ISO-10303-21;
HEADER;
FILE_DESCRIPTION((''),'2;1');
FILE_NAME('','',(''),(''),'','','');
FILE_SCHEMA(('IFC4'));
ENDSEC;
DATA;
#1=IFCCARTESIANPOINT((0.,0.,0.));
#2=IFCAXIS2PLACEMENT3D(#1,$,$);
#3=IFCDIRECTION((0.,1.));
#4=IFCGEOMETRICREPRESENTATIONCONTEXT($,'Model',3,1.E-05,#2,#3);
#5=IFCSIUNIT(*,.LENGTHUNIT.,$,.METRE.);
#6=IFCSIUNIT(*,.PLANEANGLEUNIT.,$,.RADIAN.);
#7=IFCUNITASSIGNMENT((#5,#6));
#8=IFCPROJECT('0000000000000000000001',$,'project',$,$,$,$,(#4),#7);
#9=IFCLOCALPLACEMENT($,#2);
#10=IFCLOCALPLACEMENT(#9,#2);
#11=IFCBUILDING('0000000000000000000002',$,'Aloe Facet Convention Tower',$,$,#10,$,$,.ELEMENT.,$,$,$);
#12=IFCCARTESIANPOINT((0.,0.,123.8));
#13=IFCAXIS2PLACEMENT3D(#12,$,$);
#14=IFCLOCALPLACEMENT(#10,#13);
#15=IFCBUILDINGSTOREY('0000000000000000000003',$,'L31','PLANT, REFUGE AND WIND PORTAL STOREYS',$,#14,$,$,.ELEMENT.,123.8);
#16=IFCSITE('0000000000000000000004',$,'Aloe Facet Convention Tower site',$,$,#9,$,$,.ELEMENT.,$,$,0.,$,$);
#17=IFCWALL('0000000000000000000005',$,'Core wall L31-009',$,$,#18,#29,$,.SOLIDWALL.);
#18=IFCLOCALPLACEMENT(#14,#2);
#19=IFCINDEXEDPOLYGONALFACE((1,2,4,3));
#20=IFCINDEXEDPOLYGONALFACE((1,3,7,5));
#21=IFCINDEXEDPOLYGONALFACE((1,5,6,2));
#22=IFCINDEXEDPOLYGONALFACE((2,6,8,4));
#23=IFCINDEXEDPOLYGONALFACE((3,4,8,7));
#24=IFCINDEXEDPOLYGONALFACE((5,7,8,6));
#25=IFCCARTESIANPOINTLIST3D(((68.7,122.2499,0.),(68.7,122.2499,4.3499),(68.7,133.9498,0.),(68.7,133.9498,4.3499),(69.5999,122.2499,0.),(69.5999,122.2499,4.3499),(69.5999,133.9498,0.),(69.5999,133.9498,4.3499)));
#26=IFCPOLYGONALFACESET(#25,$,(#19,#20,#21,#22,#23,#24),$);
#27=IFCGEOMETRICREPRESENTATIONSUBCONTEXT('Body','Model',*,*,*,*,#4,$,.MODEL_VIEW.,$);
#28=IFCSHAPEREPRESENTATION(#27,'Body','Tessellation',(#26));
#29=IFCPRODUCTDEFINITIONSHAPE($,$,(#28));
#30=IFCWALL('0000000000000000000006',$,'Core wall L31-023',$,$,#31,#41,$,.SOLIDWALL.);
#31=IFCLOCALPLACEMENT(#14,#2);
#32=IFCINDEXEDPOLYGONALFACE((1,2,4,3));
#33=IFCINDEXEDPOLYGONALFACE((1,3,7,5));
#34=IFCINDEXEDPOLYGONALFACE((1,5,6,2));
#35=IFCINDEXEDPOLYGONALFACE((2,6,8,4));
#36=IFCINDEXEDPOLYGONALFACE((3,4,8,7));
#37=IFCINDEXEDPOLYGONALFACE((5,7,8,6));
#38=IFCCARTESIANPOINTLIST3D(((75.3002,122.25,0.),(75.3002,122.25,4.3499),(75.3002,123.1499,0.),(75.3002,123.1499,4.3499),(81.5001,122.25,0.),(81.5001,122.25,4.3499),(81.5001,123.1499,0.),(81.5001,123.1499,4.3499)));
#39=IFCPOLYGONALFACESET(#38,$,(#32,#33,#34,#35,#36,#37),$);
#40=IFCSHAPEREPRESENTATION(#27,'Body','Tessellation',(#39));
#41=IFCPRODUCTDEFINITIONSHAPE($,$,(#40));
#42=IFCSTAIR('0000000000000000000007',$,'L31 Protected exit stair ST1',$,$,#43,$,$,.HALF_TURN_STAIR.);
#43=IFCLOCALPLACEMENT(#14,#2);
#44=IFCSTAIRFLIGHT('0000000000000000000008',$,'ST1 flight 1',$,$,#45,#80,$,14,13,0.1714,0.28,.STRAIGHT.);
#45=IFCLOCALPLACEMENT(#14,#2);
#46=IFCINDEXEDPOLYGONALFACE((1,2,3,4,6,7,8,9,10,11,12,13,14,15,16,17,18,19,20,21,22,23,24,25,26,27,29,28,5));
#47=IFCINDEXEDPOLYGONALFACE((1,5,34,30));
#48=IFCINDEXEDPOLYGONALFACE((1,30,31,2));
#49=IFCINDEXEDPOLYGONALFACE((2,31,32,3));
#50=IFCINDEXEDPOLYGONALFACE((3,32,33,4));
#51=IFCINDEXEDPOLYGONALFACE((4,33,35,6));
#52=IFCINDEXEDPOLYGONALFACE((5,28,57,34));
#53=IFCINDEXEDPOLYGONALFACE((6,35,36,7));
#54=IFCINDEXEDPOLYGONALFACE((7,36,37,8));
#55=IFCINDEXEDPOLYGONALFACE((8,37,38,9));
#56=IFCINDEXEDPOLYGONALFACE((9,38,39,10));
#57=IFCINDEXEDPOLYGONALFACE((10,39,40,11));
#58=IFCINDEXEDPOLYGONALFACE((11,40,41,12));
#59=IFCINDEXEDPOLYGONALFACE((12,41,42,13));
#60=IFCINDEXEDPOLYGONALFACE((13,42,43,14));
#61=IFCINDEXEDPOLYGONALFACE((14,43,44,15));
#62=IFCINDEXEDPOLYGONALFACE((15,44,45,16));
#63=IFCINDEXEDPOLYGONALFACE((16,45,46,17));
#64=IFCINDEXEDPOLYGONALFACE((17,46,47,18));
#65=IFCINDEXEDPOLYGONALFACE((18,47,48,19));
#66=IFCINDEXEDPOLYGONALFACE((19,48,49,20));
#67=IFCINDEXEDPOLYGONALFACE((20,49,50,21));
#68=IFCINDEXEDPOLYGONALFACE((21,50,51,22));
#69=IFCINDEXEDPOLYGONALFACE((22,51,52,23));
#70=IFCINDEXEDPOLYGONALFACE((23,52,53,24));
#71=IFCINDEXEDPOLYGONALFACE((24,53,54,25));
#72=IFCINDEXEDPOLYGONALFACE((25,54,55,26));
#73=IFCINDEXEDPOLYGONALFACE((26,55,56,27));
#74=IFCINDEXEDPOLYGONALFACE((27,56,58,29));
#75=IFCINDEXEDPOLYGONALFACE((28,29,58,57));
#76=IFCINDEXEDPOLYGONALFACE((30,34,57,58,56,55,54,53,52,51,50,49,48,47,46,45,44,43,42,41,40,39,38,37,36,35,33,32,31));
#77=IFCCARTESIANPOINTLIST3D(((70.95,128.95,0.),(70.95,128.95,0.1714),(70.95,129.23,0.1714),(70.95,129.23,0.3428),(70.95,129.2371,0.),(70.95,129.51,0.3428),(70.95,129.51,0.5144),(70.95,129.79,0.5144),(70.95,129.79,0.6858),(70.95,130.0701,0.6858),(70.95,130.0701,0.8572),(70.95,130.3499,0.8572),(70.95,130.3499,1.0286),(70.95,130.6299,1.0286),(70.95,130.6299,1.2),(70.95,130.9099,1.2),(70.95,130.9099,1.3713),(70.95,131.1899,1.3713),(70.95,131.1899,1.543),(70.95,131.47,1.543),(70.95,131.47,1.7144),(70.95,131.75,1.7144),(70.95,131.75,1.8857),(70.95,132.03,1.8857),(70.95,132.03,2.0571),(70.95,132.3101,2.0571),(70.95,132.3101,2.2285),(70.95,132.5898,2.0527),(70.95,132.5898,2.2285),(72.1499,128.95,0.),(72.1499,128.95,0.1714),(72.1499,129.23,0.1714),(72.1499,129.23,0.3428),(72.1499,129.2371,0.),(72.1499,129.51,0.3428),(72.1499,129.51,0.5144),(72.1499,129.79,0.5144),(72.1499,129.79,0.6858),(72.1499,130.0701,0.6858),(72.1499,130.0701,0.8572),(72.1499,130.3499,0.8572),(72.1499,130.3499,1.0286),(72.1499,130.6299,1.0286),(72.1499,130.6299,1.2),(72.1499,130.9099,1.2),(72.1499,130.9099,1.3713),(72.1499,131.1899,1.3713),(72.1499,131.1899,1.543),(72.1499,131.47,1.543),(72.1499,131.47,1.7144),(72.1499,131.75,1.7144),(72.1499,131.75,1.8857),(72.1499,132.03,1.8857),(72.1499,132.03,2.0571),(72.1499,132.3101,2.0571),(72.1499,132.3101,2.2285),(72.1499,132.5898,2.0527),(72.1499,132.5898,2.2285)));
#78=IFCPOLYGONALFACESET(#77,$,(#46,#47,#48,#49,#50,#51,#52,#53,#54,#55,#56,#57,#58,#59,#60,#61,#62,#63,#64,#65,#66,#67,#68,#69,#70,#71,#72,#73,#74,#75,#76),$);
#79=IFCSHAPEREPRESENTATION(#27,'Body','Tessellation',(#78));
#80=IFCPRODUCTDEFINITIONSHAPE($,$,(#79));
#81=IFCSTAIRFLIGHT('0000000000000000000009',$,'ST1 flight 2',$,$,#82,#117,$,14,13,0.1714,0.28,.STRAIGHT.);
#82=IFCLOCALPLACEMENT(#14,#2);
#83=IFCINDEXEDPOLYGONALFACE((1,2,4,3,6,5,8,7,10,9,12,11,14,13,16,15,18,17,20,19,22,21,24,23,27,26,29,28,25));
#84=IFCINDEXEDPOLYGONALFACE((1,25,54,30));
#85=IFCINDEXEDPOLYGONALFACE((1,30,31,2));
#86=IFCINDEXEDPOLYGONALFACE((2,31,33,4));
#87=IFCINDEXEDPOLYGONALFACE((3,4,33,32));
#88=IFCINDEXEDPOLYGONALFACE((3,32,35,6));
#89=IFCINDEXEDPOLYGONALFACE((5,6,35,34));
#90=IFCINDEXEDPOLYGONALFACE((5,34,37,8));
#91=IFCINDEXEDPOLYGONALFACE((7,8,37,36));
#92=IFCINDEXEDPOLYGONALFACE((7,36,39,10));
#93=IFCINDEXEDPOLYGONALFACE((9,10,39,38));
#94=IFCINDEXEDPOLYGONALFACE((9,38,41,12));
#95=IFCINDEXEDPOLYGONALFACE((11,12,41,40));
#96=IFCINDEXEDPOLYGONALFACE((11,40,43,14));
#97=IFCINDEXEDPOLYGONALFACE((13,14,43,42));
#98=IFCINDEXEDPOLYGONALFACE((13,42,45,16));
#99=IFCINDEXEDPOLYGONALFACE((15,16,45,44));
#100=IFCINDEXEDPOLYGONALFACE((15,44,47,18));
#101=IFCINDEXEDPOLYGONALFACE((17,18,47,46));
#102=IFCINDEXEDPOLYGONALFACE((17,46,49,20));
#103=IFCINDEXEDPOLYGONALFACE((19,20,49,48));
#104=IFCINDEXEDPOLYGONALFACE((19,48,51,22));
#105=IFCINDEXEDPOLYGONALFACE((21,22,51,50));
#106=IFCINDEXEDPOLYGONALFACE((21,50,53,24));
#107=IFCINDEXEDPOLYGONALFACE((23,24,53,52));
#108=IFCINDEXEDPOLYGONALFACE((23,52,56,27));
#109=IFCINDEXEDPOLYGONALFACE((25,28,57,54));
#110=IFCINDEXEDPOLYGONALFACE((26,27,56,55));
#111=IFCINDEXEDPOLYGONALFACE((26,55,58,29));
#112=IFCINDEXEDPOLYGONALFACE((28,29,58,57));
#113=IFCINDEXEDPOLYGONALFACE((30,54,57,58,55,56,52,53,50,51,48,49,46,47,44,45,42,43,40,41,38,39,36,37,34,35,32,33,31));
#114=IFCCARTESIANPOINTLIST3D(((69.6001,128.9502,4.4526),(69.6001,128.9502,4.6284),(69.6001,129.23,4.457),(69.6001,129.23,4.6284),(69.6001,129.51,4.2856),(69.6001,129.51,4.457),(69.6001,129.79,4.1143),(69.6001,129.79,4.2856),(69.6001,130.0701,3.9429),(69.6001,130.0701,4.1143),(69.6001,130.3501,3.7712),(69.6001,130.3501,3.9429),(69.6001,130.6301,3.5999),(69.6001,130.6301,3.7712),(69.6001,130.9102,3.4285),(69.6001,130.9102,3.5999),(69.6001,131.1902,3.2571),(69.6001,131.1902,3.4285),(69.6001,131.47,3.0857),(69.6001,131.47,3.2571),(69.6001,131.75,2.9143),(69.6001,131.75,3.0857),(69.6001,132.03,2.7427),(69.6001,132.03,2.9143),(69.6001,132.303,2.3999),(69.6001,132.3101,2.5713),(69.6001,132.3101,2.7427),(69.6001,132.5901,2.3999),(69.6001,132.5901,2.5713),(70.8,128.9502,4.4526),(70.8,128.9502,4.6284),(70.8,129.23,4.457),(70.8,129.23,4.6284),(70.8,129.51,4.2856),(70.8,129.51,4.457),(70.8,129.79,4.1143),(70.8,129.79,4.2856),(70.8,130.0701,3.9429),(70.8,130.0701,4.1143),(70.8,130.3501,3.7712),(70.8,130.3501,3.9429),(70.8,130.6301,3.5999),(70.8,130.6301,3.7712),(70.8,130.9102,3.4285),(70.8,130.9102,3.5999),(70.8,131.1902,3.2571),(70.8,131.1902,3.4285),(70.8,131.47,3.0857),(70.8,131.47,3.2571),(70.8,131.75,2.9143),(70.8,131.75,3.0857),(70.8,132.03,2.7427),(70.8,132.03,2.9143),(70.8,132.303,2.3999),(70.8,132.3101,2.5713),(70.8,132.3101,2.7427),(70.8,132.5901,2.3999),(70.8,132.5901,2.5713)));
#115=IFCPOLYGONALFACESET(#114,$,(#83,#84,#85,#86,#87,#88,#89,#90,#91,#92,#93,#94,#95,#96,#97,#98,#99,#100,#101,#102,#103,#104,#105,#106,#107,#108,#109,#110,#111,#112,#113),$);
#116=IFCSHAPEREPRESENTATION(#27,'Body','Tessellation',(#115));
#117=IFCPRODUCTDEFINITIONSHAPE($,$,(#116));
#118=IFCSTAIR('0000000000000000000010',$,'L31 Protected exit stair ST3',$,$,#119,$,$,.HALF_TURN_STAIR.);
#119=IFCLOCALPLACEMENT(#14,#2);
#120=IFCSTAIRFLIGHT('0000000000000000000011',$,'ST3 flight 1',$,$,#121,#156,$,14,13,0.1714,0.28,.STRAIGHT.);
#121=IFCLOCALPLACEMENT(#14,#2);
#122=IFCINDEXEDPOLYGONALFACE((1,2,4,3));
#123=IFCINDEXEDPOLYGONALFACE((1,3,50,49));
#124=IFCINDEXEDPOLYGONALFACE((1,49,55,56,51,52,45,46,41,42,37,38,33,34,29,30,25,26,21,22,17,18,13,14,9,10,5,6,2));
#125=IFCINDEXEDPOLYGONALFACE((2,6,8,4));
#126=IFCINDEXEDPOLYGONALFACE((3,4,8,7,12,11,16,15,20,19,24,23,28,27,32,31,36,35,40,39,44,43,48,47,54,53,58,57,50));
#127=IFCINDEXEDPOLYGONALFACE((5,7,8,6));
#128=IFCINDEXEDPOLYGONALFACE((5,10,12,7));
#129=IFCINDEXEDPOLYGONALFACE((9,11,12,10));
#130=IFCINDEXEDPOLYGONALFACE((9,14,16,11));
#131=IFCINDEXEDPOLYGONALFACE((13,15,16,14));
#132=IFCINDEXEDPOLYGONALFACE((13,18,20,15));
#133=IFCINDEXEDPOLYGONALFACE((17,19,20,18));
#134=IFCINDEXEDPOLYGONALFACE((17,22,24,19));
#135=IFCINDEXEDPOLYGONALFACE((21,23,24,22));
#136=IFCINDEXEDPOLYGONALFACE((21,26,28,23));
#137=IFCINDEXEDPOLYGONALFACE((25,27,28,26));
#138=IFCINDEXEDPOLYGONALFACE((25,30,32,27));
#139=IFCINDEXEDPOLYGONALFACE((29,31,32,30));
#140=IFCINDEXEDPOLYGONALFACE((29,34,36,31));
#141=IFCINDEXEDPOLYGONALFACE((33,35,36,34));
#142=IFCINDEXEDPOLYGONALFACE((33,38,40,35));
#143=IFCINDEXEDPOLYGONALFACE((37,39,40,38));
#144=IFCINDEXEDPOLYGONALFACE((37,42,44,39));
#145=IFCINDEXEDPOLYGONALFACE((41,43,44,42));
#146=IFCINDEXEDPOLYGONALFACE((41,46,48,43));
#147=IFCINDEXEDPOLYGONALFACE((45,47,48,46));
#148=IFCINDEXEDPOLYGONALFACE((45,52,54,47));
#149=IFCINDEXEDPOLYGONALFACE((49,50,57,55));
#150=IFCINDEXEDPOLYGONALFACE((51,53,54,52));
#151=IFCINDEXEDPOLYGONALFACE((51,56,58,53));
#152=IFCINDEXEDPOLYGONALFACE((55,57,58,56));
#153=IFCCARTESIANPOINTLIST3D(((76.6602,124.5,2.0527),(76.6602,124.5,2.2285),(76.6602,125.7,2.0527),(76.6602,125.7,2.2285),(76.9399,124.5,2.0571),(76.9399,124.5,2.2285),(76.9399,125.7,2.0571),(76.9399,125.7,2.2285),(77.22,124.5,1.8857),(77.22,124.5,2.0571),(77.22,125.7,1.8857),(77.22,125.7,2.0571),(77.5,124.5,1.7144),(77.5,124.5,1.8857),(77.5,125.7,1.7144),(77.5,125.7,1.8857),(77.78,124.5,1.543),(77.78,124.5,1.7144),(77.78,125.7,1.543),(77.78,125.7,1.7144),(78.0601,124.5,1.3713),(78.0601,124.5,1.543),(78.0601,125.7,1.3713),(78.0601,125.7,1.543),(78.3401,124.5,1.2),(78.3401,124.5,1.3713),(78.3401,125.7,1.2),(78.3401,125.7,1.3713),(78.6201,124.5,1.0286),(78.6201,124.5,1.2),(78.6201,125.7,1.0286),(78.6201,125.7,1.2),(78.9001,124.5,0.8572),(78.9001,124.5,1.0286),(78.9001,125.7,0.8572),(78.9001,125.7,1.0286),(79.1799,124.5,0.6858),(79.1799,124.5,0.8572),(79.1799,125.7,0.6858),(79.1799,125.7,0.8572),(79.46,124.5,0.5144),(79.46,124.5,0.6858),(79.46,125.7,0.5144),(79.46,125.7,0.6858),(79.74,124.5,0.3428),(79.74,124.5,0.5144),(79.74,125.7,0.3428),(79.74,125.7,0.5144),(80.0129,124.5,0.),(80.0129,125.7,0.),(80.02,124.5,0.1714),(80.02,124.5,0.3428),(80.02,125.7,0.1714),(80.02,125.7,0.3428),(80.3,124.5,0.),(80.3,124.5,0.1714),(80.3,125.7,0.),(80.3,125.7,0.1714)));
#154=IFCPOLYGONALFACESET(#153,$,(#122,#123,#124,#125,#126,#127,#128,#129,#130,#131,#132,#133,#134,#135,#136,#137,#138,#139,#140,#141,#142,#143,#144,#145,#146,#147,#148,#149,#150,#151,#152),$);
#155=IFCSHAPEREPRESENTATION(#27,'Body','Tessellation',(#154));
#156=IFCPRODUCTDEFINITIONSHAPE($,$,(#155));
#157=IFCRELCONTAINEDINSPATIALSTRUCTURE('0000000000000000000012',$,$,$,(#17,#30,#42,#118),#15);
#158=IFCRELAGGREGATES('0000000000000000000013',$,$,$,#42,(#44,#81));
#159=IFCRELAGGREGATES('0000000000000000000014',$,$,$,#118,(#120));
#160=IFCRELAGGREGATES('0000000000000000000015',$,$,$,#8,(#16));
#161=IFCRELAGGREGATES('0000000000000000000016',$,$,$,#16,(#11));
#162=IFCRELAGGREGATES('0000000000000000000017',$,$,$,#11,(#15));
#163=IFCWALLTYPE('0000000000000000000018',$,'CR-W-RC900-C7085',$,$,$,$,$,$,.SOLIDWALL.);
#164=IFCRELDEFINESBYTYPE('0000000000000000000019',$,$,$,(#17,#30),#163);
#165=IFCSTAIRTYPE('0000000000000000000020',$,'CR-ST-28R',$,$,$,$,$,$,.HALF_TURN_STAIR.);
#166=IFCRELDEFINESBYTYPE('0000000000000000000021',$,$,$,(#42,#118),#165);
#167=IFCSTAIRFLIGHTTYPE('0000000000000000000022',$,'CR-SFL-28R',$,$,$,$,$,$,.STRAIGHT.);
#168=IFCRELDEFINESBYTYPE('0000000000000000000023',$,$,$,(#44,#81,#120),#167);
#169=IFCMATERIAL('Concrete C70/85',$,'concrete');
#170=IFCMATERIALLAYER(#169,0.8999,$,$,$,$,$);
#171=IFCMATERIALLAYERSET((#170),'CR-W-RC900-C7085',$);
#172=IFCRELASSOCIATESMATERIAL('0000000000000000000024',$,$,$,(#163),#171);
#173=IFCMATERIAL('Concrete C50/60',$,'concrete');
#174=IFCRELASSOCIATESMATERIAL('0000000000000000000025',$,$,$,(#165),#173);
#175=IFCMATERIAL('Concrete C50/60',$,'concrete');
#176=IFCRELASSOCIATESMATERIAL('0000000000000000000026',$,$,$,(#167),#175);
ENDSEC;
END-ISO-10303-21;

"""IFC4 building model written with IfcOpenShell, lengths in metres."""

from ifc_helpers import new_model, si_unit, direction, frame, frame_2d, origin, place, context, subcontext, project, spatial, polyline, rectangle, outline, extrude, material, layer, layer_set, type_object, element, aggregate, save


model = new_model("IFC4")

# Units and contexts
model_context = context("Model", 3, precision=1e-05, world=origin(), true_north=direction((0.0, 1.0)))
body_context = subcontext(model_context, "Body", "Model", "MODEL_VIEW")
ifc_project = project(units=[si_unit("LENGTHUNIT", "METRE"), si_unit("PLANEANGLEUNIT", "RADIAN")], contexts=[model_context])

# Site, building, storey
site_placement = place(None, origin())
site = spatial("IfcSite", under=ifc_project, at=site_placement, Name="Aloe Facet Convention Tower site", CompositionType="ELEMENT", RefElevation=0.0)
building_placement = place(site_placement, origin())
building = spatial("IfcBuilding", under=site, at=building_placement, Name="Aloe Facet Convention Tower", CompositionType="ELEMENT")
storey_placement = place(building_placement, frame((0.0, 0.0, 123.8)))
storey = spatial("IfcBuildingStorey", under=building, at=storey_placement, Name="L31", Description="PLANT, REFUGE AND WIND PORTAL STOREYS", CompositionType="ELEMENT", Elevation=123.8)

# Walls
ifc_material_1 = material(Name="Concrete C70/85", Category="concrete")
ifc_layer_1 = layer(ifc_material_1, 0.8999)
ifc_layer_set_1 = layer_set([ifc_layer_1], Name="CR-W-RC900-C7085")
wall_type_1 = type_object("IfcWallType", Name="CR-W-RC900-C7085", PredefinedType="SOLIDWALL", material=ifc_layer_set_1)
wall_1_placement = place(storey_placement, frame((69.1499, 133.95, 0.0), z_axis=(0.0, 0.0, 1.0), x_axis=(0.0, -1.0, 0.0)))
element("IfcWall", 1, at=wall_1_placement, inside=storey, type_object=wall_type_1, Name="Core wall L31-009", PredefinedType="SOLIDWALL", context=body_context, shape_type="SweptSolid", body=[
    extrude(rectangle(XDim=11.7, YDim=0.8999, at=frame_2d((5.8501, 0.0))), origin(), (0.0, 0.0, 1.0), 4.3499),
])
wall_2_placement = place(storey_placement, frame((75.3, 122.7, 0.0), z_axis=(0.0, 0.0, 1.0), x_axis=(1.0, 0.0, 0.0)))
element("IfcWall", 2, at=wall_2_placement, inside=storey, type_object=wall_type_1, Name="Core wall L31-023", PredefinedType="SOLIDWALL", context=body_context, shape_type="SweptSolid", body=[
    extrude(rectangle(XDim=6.2, YDim=0.8999, at=frame_2d((3.1001, 0.0))), origin(), (0.0, 0.0, 1.0), 4.3499),
])

# Stairs, stair flights
ifc_material_2 = material(Name="Concrete C50/60", Category="concrete")
stair_type = type_object("IfcStairType", Name="CR-ST-28R", PredefinedType="HALF_TURN_STAIR", material=ifc_material_2)
stair_1_placement = place(storey_placement, origin())
stair_1 = element("IfcStair", 3, at=stair_1_placement, inside=storey, type_object=stair_type, Name="L31 Protected exit stair ST1", PredefinedType="HALF_TURN_STAIR")
ifc_material_3 = material(Name="Concrete C50/60", Category="concrete")
stair_flight_type = type_object("IfcStairFlightType", Name="CR-SFL-28R", PredefinedType="STRAIGHT", material=ifc_material_3)
stair_flight_1_placement = place(storey_placement, frame((71.55, 128.95, 0.0), z_axis=(0.0, 0.0, 1.0), x_axis=(0.0, 1.0, 0.0)))
stair_flight_1 = element("IfcStairFlight", 4, at=stair_flight_1_placement, type_object=stair_flight_type, Name="ST1 flight 1", NumberOfRisers=14, NumberOfTreads=13, PredefinedType="STRAIGHT", RiserHeight=0.1714, TreadLength=0.28, context=body_context, shape_type="SweptSolid", body=[
    extrude(outline(polyline([(0.0, 0.0), (0.0, 0.1714), (0.28, 0.1714), (0.28, 0.3428), (0.5601, 0.3428), (0.5601, 0.5144), (0.8401, 0.5144), (0.8401, 0.6858), (1.1201, 0.6858), (1.1201, 0.8572), (1.3999, 0.8572), (1.3999, 1.0286), (1.6799, 1.0286), (1.6799, 1.2), (1.96, 1.2), (1.96, 1.3713), (2.24, 1.3713), (2.24, 1.543), (2.52, 1.543), (2.52, 1.7144), (2.8, 1.7144), (2.8, 1.8857), (3.0801, 1.8857), (3.0801, 2.0571), (3.3601, 2.0571), (3.3601, 2.2285), (3.6399, 2.2285), (3.6399, 2.3999), (3.6399, 2.0527), (0.2871, 0.0), (0.0, 0.0)])), frame((0.0, 0.6001, 0.0), z_axis=(0.0, -1.0, 0.0), x_axis=(1.0, 0.0, 0.0)), (0.0, 0.0, 1.0), 1.2),
])
stair_flight_2_placement = place(storey_placement, frame((70.2, 132.5901, 2.3999), z_axis=(0.0, 0.0, 1.0), x_axis=(0.0, -1.0, 0.0)))
stair_flight_2 = element("IfcStairFlight", 5, at=stair_flight_2_placement, type_object=stair_flight_type, Name="ST1 flight 2", NumberOfRisers=14, NumberOfTreads=13, PredefinedType="STRAIGHT", RiserHeight=0.1714, TreadLength=0.28, context=body_context, shape_type="SweptSolid", body=[
    extrude(outline(polyline([(0.0, 0.0), (0.0, 0.1714), (0.28, 0.1714), (0.28, 0.3428), (0.5601, 0.3428), (0.5601, 0.5144), (0.8401, 0.5144), (0.8401, 0.6858), (1.1201, 0.6858), (1.1201, 0.8572), (1.3999, 0.8572), (1.3999, 1.0286), (1.6799, 1.0286), (1.6799, 1.2), (1.96, 1.2), (1.96, 1.3713), (2.24, 1.3713), (2.24, 1.543), (2.52, 1.543), (2.52, 1.7144), (2.8, 1.7144), (2.8, 1.8857), (3.0801, 1.8857), (3.0801, 2.0571), (3.3601, 2.0571), (3.3601, 2.2285), (3.6399, 2.2285), (3.6399, 2.3999), (3.6399, 2.0527), (0.2871, 0.0), (0.0, 0.0)])), frame((0.0, 0.6001, 0.0), z_axis=(0.0, -1.0, 0.0), x_axis=(1.0, 0.0, 0.0)), (0.0, 0.0, 1.0), 1.2),
])
aggregate(stair_1, [stair_flight_1, stair_flight_2])
stair_2_placement = place(storey_placement, origin())
stair_2 = element("IfcStair", 6, at=stair_2_placement, inside=storey, type_object=stair_type, Name="L31 Protected exit stair ST3", PredefinedType="HALF_TURN_STAIR")
stair_flight_3_placement = place(storey_placement, frame((80.3, 125.1001, 0.0), z_axis=(0.0, 0.0, 1.0), x_axis=(-1.0, 0.0, 0.0)))
stair_flight_3 = element("IfcStairFlight", 7, at=stair_flight_3_placement, type_object=stair_flight_type, Name="ST3 flight 1", NumberOfRisers=14, NumberOfTreads=13, PredefinedType="STRAIGHT", RiserHeight=0.1714, TreadLength=0.28, context=body_context, shape_type="SweptSolid", body=[
    extrude(outline(polyline([(0.0, 0.0), (0.0, 0.1714), (0.28, 0.1714), (0.28, 0.3428), (0.5601, 0.3428), (0.5601, 0.5144), (0.8401, 0.5144), (0.8401, 0.6858), (1.1201, 0.6858), (1.1201, 0.8572), (1.3999, 0.8572), (1.3999, 1.0286), (1.6799, 1.0286), (1.6799, 1.2), (1.96, 1.2), (1.96, 1.3713), (2.24, 1.3713), (2.24, 1.543), (2.52, 1.543), (2.52, 1.7144), (2.8, 1.7144), (2.8, 1.8857), (3.0801, 1.8857), (3.0801, 2.0571), (3.3601, 2.0571), (3.3601, 2.2285), (3.6399, 2.2285), (3.6399, 2.3999), (3.6399, 2.0527), (0.2871, 0.0), (0.0, 0.0)])), frame((0.0, 0.6001, 0.0), z_axis=(0.0, -1.0, 0.0), x_axis=(1.0, 0.0, 0.0)), (0.0, 0.0, 1.0), 1.2),
])
aggregate(stair_2, [stair_flight_3])

save(model, "model.ifc")
